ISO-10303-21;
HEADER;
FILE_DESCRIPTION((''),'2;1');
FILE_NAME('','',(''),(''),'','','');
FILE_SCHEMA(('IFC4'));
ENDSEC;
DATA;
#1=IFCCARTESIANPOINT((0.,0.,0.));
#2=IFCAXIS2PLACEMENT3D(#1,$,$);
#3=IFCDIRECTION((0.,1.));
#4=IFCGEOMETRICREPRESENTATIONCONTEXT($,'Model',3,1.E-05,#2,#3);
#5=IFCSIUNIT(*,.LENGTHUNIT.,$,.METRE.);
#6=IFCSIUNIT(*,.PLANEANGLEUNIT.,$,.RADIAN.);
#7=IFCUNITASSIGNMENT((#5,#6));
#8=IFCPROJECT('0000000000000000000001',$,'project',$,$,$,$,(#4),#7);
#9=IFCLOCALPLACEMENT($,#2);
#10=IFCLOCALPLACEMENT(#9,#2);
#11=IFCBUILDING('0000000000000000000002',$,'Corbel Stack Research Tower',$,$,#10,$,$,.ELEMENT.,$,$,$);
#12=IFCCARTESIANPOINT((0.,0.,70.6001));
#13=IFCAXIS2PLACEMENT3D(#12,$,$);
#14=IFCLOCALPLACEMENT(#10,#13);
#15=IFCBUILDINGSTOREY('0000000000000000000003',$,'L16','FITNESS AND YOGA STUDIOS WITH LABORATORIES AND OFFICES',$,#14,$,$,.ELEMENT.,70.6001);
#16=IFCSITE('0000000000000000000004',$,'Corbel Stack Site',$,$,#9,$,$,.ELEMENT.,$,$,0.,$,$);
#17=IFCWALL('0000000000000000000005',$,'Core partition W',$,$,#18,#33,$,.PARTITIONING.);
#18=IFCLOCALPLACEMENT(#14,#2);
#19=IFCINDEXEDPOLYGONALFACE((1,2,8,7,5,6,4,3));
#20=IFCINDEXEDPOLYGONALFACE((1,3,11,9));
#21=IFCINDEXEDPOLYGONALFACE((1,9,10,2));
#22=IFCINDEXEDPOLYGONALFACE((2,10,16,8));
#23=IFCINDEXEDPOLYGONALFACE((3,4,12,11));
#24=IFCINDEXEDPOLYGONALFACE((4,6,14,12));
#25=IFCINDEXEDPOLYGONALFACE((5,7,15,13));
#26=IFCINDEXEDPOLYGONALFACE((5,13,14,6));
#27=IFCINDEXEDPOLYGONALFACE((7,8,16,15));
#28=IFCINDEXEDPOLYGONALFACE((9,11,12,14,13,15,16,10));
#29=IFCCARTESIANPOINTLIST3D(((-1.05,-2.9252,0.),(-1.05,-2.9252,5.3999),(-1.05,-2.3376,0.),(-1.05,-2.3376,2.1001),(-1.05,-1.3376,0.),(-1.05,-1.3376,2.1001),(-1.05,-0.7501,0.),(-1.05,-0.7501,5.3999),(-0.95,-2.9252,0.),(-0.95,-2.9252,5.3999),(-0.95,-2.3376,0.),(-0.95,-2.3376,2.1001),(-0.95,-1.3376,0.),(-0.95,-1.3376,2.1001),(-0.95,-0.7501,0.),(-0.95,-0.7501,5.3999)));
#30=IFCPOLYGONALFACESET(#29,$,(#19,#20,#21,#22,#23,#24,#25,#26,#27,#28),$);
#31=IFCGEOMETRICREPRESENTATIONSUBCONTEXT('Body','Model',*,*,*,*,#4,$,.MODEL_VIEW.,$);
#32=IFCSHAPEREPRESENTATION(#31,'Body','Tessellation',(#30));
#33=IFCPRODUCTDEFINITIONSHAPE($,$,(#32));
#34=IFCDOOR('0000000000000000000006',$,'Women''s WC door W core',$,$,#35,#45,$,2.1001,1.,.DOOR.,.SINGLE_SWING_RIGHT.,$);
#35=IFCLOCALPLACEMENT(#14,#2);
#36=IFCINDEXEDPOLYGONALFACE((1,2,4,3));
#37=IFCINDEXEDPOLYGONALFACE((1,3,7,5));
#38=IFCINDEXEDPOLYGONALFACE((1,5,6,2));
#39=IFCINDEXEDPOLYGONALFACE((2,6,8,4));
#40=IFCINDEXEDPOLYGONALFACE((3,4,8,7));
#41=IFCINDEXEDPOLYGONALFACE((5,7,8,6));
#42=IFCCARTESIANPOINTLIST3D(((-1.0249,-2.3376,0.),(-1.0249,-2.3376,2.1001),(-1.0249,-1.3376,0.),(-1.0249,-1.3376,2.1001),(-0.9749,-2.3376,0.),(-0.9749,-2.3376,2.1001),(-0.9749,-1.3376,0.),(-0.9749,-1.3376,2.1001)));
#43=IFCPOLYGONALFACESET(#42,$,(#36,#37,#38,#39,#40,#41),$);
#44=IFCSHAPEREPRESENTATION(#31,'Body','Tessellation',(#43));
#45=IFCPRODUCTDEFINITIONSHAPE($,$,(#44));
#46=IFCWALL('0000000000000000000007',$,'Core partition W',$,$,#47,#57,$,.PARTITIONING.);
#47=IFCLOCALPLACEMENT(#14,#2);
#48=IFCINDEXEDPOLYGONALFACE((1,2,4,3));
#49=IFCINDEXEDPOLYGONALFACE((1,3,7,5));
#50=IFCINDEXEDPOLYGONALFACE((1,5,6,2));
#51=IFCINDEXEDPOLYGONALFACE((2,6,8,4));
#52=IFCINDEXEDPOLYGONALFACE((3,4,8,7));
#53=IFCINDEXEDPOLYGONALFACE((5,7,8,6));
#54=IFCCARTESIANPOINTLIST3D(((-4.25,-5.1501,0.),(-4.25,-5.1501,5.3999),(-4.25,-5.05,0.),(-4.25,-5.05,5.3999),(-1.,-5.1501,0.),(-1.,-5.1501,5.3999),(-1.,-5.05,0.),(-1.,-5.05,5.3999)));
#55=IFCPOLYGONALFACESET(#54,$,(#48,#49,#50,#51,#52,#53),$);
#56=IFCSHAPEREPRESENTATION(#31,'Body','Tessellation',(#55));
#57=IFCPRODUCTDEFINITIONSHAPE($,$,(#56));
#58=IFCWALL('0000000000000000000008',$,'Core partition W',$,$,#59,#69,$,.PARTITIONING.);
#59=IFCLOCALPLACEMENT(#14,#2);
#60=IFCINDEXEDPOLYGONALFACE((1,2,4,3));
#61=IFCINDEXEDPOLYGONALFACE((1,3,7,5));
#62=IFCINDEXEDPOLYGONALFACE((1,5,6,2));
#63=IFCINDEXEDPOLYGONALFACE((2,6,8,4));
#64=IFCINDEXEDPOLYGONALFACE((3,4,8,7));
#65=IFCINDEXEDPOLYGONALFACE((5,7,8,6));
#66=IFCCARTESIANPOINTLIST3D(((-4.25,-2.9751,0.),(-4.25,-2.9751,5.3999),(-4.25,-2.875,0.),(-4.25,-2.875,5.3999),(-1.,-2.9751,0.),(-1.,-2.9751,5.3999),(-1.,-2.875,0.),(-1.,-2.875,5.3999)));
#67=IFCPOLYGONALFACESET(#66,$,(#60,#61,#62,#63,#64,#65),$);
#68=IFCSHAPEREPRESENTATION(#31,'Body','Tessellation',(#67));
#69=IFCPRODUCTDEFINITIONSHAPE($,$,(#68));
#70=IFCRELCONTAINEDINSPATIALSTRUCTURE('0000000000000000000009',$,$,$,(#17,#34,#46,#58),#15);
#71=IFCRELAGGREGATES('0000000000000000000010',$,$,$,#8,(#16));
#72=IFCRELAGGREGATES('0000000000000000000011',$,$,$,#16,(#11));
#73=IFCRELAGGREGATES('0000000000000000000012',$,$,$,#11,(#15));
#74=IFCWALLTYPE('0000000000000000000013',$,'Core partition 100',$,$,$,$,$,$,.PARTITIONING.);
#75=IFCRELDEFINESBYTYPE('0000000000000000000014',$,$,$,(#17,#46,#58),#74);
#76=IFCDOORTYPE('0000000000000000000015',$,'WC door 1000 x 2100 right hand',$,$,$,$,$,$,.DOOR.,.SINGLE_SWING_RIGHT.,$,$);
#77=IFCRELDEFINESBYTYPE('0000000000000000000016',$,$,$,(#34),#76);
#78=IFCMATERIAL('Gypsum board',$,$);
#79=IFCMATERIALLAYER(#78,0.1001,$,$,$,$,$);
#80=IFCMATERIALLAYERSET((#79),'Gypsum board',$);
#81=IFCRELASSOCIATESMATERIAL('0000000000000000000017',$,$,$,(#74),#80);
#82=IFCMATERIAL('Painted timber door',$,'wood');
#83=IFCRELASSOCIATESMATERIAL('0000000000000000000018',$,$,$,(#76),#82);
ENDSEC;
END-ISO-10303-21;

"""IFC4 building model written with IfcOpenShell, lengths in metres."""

from ifc_helpers import new_model, si_unit, direction, frame, frame_2d, origin, place, context, subcontext, project, spatial, rectangle, extrude, material, layer, layer_set, type_object, element, fill, save


model = new_model("IFC4")

# Units and contexts
model_context = context("Model", 3, precision=1e-05, world=origin(), true_north=direction((0.0, 1.0)))
body_context = subcontext(model_context, "Body", "Model", "MODEL_VIEW")
ifc_project = project(units=[si_unit("LENGTHUNIT", "METRE"), si_unit("PLANEANGLEUNIT", "RADIAN")], contexts=[model_context])

# Site, building, storey
site_placement = place(None, origin())
site = spatial("IfcSite", under=ifc_project, at=site_placement, Name="Corbel Stack Site", CompositionType="ELEMENT", RefElevation=0.0)
building_placement = place(site_placement, origin())
building = spatial("IfcBuilding", under=site, at=building_placement, Name="Corbel Stack Research Tower", CompositionType="ELEMENT")
storey_placement = place(building_placement, frame((0.0, 0.0, 70.6001)))
storey = spatial("IfcBuildingStorey", under=building, at=storey_placement, Name="L16", Description="FITNESS AND YOGA STUDIOS WITH LABORATORIES AND OFFICES", CompositionType="ELEMENT", Elevation=70.6001)

# Wall, opening, door
ifc_material_1 = material(Name="Gypsum board")
ifc_layer_1 = layer(ifc_material_1, 0.1001)
ifc_layer_set_1 = layer_set([ifc_layer_1], Name="Gypsum board")
wall_type_1 = type_object("IfcWallType", Name="Core partition 100", PredefinedType="PARTITIONING", material=ifc_layer_set_1)
ifc_material_2 = material(Name="Painted timber door", Category="wood")
door_type_1 = type_object("IfcDoorType", Name="WC door 1000 x 2100 right hand", OperationType="SINGLE_SWING_RIGHT", PredefinedType="DOOR", material=ifc_material_2)
wall_1_placement = place(storey_placement, frame((-1.0, -2.925, 0.0), z_axis=(0.0, 0.0, 1.0), x_axis=(0.0, 1.0, 0.0)))
wall_1 = element("IfcWall", 1, at=wall_1_placement, inside=storey, type_object=wall_type_1, Name="Core partition W", PredefinedType="PARTITIONING", context=body_context, shape_type="SweptSolid", body=[
    extrude(rectangle(XDim=2.175, YDim=0.1001, at=frame_2d((1.0874, 0.0))), origin(), (0.0, 0.0, 1.0), 5.3999),
])
opening_1_placement = place(wall_1_placement, frame((0.5874, 0.0, 0.0)))
opening_1 = element("IfcOpeningElement", 2, at=opening_1_placement, cuts=wall_1, PredefinedType="OPENING", context=body_context, shape_type="SweptSolid", body=[
    extrude(rectangle(XDim=1.0, YDim=2.1001, at=frame_2d((0.5, 1.05))), frame((0.0, 0.0601, 0.0), z_axis=(0.0, -1.0, 0.0), x_axis=(1.0, 0.0, 0.0)), (0.0, 0.0, 1.0), 0.1201),
])
door_1_placement = place(opening_1_placement, origin())
door_1 = element("IfcDoor", 3, at=door_1_placement, inside=storey, type_object=door_type_1, Name="Women's WC door W core", OperationType="SINGLE_SWING_RIGHT", OverallHeight=2.1001, OverallWidth=1.0, PredefinedType="DOOR", context=body_context, shape_type="SweptSolid", body=[
    extrude(rectangle(XDim=1.0, YDim=2.1001, at=frame_2d((0.5, 1.05))), frame((0.0, 0.0249, 0.0), z_axis=(0.0, -1.0, 0.0), x_axis=(1.0, 0.0, 0.0)), (0.0, 0.0, 1.0), 0.05),
])
fill(opening_1, door_1)

# Walls
for number, where, z_axis, x_axis, name in (
    (4, (-4.25, -5.1001, 0.0), (0.0, 0.0, 1.0), (1.0, 0.0, 0.0), "Core partition W"),
    (5, (-4.25, -2.925, 0.0), (0.0, 0.0, 1.0), (1.0, 0.0, 0.0), "Core partition W"),
):
    element("IfcWall", number, at=place(storey_placement, frame(where, z_axis=z_axis, x_axis=x_axis)), inside=storey, type_object=wall_type_1, Name=name, PredefinedType="PARTITIONING", context=body_context, shape_type="SweptSolid", body=[
        extrude(rectangle(XDim=3.25, YDim=0.1001, at=frame_2d((1.625, 0.0))), origin(), (0.0, 0.0, 1.0), 5.3999),
    ])

save(model, "model.ifc")
